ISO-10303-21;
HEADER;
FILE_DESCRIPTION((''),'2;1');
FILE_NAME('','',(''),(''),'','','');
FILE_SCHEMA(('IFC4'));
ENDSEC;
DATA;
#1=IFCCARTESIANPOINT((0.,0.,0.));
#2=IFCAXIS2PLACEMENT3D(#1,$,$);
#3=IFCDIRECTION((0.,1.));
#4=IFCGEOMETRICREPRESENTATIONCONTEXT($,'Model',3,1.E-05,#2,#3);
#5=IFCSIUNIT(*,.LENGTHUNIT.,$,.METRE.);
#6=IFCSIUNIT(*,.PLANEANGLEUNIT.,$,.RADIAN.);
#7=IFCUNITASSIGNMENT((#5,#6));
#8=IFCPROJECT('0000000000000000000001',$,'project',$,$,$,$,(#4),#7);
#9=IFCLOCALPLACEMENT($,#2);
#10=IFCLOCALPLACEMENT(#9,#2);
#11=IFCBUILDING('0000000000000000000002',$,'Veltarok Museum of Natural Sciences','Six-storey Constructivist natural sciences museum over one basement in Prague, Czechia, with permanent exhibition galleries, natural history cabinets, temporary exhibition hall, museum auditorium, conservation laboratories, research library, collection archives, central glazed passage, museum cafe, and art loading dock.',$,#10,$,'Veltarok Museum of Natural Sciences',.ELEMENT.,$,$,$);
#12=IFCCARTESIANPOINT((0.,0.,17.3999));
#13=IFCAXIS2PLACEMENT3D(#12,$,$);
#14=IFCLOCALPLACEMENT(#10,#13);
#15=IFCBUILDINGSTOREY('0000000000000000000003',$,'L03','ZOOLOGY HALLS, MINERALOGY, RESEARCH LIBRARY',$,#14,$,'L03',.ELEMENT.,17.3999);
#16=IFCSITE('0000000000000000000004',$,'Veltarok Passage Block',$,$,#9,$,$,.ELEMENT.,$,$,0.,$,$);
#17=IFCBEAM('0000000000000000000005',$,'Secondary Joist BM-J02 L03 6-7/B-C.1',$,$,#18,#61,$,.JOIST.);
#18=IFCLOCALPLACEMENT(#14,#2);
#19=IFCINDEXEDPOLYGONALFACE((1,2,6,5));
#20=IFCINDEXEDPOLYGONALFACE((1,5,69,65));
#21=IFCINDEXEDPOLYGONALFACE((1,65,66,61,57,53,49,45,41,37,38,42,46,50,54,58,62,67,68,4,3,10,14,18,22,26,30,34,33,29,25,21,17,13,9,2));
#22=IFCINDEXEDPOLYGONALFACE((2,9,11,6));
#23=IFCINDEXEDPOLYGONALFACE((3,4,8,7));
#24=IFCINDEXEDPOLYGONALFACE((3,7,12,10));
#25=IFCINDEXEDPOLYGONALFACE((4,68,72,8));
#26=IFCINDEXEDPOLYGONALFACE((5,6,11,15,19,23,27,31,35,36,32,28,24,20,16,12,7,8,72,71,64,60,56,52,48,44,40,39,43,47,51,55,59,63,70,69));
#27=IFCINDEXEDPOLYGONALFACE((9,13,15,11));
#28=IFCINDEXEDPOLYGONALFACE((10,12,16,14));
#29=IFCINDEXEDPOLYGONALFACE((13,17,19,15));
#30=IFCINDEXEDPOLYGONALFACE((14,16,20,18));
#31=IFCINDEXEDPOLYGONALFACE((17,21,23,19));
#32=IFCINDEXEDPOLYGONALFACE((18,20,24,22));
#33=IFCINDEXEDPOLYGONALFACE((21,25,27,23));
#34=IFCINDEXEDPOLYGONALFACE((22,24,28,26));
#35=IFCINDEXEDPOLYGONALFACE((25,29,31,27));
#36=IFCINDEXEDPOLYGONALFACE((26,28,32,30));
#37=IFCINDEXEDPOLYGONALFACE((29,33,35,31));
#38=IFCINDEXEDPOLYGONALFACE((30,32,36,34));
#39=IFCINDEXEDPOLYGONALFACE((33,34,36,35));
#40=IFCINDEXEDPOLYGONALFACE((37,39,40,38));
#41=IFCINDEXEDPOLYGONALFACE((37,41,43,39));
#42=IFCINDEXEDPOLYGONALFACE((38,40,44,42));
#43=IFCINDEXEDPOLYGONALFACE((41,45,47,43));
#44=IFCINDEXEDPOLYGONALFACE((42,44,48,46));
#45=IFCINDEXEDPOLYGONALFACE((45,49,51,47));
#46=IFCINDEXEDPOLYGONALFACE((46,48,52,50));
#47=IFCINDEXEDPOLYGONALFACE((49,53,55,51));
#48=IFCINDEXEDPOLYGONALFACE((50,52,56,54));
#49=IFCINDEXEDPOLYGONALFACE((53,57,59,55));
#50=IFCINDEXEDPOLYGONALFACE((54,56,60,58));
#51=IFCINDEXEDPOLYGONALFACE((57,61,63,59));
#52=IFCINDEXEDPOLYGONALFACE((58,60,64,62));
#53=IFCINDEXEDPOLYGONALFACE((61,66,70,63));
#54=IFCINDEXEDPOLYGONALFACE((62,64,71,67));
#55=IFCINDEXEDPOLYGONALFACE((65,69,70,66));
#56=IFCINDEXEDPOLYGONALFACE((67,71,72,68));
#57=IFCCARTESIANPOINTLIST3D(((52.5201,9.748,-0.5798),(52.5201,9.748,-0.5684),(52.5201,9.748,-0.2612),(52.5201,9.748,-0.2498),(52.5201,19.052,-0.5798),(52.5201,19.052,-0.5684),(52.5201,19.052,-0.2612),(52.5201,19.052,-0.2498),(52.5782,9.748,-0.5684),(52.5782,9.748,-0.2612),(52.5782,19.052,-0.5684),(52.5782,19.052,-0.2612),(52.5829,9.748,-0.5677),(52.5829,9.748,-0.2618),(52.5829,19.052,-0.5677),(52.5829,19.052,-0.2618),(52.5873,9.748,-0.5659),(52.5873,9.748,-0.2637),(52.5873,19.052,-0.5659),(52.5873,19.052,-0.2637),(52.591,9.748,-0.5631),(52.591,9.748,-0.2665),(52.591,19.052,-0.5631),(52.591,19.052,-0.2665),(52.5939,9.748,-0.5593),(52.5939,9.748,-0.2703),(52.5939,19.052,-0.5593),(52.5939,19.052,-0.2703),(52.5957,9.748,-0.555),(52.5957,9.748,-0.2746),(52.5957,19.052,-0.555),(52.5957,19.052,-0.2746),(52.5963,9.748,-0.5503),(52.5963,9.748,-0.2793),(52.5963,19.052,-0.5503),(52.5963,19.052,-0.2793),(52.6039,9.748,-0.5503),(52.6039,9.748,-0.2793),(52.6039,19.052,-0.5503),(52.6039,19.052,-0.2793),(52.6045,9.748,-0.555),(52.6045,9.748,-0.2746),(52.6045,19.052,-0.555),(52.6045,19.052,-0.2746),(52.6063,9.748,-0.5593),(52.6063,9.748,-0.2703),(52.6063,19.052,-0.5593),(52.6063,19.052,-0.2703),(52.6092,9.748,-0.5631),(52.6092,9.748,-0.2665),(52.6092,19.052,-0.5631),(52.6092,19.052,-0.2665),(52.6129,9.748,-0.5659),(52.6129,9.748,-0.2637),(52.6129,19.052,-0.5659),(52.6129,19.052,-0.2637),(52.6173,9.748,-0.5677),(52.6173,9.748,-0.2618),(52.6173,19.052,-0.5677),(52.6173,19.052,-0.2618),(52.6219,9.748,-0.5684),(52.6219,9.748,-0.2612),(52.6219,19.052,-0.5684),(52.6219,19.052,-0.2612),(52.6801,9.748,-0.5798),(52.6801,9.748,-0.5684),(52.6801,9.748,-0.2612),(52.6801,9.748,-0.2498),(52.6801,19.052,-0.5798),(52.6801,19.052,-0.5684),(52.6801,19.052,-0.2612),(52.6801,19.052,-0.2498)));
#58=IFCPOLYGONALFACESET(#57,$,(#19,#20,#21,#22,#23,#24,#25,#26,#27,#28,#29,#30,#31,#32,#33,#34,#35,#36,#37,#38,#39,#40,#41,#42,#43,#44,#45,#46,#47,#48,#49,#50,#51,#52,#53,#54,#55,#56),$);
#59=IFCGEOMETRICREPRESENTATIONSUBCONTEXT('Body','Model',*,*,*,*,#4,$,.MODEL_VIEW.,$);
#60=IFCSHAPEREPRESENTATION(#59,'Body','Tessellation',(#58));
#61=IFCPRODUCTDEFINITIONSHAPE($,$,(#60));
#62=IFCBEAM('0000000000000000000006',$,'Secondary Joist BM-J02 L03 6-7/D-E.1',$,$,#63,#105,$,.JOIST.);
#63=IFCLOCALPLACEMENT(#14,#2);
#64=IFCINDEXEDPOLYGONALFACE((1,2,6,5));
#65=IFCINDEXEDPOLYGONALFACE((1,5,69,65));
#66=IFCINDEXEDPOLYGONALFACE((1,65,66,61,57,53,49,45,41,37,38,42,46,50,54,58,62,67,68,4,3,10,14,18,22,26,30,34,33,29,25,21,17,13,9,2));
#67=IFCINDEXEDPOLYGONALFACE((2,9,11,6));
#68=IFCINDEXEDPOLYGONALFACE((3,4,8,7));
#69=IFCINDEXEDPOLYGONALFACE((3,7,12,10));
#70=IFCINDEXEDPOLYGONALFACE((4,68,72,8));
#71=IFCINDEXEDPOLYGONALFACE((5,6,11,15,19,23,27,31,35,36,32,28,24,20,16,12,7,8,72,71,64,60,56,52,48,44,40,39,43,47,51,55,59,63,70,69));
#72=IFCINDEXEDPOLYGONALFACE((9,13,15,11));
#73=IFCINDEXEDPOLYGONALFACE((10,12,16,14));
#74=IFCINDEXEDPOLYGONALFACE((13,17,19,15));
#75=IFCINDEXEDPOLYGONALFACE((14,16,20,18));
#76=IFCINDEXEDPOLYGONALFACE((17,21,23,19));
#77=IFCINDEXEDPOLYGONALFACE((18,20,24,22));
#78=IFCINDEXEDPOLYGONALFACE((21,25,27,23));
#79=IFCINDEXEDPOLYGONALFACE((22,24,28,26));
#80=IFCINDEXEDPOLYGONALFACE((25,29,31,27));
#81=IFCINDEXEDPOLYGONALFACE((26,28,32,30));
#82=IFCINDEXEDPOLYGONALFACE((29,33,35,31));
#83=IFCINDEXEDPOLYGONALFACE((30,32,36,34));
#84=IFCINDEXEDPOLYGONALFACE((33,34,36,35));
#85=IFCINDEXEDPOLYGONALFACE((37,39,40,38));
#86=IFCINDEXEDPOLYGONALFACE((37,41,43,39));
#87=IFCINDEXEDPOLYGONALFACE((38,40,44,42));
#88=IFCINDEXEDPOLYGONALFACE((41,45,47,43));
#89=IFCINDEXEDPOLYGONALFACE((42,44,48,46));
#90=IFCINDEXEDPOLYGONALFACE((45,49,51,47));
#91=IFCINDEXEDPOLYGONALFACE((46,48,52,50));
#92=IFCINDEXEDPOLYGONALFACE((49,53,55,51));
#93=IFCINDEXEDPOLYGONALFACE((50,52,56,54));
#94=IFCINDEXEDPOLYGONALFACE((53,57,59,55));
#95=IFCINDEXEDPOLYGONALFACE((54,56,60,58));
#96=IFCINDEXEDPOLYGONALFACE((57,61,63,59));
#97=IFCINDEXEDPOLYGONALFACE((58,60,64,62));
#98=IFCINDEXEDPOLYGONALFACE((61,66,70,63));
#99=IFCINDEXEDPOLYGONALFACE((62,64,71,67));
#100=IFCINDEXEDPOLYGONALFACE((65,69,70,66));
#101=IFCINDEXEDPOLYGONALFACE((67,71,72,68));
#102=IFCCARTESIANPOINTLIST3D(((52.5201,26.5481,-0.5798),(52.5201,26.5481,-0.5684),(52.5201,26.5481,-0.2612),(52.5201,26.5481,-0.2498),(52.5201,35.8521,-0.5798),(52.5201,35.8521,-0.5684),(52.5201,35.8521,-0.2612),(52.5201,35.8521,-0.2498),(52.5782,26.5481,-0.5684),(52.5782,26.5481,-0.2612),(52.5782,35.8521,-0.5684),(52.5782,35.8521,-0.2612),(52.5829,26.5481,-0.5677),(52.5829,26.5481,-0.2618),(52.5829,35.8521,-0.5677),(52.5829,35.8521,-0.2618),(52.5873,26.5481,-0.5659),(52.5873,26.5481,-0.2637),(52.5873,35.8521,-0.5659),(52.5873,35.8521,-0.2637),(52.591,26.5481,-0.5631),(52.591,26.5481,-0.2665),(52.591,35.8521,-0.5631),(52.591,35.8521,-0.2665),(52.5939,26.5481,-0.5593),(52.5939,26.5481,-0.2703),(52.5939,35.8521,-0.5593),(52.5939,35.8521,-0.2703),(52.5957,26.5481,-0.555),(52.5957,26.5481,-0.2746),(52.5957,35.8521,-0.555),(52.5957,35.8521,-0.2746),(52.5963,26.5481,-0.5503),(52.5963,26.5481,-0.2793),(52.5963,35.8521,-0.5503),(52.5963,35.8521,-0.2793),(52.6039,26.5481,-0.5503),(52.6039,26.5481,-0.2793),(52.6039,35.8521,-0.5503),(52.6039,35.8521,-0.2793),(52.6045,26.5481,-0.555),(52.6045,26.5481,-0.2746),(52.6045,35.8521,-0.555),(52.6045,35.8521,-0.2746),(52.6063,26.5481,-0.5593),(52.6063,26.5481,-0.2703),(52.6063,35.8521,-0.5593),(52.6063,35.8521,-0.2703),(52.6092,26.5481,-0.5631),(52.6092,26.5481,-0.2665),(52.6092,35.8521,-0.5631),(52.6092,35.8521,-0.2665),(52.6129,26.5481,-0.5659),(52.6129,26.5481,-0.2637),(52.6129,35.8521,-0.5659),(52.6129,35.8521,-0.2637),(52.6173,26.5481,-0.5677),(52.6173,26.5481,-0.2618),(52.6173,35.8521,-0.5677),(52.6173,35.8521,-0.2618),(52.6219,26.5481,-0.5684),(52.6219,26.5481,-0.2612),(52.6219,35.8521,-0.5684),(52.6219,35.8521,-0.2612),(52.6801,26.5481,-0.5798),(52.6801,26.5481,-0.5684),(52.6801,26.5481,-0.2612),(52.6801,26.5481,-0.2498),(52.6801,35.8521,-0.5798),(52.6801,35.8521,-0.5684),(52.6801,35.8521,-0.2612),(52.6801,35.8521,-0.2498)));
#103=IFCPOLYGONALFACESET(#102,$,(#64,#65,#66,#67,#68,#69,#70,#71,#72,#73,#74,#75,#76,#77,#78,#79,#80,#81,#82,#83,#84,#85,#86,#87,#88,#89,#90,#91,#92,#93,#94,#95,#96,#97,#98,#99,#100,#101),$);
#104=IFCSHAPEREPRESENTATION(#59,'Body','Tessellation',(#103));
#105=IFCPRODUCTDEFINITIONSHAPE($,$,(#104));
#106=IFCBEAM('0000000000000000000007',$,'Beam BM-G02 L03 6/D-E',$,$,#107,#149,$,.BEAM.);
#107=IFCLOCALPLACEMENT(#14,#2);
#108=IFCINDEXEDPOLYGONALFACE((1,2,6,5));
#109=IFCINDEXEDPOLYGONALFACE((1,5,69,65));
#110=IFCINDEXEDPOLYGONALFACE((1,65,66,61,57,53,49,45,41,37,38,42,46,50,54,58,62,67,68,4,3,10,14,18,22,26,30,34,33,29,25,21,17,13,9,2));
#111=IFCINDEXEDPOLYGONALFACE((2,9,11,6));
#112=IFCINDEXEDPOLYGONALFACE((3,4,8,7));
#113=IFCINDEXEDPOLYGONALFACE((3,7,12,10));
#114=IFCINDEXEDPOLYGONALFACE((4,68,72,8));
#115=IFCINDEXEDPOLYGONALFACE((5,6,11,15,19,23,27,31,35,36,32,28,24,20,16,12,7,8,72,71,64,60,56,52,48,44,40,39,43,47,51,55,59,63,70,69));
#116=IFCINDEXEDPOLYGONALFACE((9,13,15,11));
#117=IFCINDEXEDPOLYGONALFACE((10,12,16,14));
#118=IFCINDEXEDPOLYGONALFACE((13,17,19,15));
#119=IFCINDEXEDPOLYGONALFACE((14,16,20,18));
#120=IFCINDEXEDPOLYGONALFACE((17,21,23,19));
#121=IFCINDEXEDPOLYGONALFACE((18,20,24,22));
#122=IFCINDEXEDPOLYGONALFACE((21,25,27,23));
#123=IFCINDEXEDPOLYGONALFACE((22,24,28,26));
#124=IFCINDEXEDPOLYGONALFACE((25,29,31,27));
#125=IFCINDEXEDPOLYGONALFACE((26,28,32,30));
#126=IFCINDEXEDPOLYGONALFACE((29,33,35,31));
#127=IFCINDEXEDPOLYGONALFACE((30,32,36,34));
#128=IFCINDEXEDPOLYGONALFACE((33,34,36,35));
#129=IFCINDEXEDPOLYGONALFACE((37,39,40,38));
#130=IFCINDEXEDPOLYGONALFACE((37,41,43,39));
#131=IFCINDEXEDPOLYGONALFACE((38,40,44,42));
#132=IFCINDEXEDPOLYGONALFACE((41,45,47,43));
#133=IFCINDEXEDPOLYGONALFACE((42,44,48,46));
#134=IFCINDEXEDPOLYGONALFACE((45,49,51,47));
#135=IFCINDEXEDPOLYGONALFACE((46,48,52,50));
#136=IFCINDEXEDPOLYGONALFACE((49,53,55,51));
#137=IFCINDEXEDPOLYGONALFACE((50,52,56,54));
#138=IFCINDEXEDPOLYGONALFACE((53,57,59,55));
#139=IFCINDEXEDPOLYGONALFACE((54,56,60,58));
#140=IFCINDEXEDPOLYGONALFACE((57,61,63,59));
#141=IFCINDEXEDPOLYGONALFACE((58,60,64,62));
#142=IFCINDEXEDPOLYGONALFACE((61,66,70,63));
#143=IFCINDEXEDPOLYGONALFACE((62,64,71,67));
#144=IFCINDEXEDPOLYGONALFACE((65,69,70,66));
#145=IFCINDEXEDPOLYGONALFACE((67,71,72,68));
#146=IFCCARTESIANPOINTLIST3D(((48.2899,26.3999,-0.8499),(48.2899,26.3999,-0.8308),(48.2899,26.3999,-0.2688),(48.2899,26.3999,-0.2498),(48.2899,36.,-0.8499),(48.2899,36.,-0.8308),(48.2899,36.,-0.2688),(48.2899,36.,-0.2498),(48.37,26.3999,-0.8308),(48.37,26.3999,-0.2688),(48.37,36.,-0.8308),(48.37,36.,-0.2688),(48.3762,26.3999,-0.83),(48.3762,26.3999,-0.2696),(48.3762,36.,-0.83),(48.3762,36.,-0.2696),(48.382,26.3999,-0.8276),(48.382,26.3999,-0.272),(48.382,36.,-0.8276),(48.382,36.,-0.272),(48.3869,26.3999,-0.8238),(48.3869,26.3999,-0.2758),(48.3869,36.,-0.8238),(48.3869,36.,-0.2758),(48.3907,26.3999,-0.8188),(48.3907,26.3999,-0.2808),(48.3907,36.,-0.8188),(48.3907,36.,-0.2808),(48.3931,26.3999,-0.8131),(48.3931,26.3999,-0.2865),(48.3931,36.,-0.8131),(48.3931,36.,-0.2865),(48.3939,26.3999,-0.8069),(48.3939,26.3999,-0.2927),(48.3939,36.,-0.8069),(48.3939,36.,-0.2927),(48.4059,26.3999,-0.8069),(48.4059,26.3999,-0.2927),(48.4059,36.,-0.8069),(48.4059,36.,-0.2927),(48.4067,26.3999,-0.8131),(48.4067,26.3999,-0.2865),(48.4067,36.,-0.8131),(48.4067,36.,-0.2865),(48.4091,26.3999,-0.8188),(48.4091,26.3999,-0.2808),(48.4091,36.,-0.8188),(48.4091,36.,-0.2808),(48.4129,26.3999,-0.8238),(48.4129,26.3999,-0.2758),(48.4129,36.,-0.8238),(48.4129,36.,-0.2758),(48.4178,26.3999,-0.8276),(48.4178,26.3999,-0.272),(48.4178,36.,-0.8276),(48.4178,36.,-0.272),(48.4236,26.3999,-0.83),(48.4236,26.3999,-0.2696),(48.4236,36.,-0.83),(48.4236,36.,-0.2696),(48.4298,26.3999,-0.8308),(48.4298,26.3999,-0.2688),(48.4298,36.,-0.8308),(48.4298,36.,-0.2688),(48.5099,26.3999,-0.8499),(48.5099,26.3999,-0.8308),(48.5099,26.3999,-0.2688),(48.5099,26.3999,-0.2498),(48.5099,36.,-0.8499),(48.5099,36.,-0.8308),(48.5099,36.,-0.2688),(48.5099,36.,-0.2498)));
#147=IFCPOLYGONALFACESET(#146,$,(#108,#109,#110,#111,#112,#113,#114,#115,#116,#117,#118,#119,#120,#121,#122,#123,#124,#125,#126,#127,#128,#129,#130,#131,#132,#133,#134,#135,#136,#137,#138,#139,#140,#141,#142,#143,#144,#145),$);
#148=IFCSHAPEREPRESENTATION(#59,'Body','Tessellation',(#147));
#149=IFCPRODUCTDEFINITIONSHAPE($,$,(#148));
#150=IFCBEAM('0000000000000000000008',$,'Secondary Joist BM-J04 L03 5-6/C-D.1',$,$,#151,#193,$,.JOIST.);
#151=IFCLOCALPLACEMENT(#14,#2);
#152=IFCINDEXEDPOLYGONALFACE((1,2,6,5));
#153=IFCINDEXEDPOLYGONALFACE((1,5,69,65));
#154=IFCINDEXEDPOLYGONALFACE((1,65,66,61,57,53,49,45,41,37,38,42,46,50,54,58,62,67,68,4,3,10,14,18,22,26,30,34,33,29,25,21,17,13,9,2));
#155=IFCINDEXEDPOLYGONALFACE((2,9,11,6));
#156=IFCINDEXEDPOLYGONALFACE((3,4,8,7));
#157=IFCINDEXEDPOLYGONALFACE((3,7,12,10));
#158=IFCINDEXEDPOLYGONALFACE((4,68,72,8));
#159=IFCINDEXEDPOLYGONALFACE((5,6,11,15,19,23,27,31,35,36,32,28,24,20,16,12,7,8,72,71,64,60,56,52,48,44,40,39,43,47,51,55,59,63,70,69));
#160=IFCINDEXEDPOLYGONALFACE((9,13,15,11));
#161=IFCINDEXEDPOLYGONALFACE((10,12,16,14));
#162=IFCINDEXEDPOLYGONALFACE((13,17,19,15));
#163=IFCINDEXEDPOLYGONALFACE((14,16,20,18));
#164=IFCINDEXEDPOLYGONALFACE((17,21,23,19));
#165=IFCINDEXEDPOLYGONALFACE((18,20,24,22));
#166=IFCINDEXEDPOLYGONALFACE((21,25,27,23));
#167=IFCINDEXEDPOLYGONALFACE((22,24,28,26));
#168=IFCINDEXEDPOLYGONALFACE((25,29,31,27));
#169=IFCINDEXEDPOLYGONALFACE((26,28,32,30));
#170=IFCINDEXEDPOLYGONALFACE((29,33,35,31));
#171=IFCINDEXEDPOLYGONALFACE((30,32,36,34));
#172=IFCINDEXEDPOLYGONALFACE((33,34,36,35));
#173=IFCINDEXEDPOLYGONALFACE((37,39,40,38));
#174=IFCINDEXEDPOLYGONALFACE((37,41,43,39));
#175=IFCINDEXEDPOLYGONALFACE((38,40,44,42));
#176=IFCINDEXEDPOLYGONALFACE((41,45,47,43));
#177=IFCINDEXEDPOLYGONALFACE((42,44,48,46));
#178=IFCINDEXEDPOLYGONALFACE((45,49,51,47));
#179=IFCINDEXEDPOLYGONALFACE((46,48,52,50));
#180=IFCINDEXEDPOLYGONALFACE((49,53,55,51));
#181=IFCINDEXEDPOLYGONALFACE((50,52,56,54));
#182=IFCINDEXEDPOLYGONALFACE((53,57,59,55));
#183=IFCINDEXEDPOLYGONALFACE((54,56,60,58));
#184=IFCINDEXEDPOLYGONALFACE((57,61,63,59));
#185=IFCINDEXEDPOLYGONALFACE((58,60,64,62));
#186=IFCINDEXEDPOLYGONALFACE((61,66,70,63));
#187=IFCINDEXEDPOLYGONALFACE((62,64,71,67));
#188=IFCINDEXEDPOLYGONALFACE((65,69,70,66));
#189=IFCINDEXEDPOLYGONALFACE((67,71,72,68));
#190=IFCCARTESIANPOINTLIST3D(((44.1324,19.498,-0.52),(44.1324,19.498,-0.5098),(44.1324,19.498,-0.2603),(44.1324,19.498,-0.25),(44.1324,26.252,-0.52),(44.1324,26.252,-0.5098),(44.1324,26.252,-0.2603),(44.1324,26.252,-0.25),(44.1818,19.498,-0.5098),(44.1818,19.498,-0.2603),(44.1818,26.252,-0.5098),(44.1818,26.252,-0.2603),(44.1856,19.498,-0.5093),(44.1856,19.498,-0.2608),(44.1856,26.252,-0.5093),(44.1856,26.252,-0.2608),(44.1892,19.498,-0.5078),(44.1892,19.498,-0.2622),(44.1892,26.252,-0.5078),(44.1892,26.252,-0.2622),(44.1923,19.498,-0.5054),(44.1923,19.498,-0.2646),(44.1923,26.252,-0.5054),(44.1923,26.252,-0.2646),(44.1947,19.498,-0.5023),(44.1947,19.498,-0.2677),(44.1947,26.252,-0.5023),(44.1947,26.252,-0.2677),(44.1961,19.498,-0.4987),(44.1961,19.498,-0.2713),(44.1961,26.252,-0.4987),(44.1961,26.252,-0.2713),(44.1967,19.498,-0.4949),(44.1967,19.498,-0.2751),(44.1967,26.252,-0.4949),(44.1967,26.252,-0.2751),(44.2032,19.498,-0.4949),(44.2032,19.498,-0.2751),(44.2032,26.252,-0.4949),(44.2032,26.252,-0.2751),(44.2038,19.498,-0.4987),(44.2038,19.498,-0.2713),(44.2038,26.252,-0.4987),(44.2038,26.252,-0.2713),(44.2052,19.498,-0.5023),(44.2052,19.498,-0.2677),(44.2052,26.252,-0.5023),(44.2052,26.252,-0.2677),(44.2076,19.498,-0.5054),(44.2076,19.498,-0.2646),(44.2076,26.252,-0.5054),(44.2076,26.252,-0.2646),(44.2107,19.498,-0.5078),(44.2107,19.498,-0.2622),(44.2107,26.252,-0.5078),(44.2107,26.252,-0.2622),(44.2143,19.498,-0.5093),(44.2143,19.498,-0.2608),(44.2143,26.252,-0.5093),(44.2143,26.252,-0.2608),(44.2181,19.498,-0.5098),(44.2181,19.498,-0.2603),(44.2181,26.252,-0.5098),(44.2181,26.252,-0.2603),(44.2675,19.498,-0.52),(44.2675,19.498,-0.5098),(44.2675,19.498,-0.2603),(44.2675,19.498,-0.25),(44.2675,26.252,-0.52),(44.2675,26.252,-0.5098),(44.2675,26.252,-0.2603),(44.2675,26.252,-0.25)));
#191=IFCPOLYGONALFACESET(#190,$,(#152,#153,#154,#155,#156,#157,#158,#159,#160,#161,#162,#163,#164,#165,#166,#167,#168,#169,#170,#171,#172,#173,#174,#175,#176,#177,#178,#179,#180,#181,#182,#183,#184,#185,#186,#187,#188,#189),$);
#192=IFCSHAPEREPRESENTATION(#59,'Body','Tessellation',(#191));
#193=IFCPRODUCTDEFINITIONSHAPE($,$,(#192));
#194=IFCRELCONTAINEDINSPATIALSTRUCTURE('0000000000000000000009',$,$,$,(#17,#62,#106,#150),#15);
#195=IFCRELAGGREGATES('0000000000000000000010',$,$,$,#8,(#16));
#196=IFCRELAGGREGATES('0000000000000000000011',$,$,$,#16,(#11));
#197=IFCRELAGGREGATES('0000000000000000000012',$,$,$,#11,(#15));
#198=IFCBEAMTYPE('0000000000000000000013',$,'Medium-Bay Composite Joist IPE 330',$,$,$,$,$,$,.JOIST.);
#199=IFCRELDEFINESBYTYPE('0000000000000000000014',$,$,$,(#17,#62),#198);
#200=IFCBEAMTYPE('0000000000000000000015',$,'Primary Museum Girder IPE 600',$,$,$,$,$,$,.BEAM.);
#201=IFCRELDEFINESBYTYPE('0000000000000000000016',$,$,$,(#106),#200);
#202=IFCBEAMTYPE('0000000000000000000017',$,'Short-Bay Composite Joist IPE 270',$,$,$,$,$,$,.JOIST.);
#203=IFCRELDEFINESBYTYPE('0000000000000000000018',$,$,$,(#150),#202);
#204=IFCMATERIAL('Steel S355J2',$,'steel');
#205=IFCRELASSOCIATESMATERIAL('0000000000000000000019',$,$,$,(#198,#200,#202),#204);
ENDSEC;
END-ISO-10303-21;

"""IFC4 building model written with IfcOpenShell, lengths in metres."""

from ifc_helpers import new_model, si_unit, direction, frame, origin, origin_2d, place, context, subcontext, project, spatial, i_section, extrude, material, material_profile, profile_set, type_object, element, save


model = new_model("IFC4")

# Units and contexts
model_context = context("Model", 3, precision=1e-05, world=origin(), true_north=direction((0.0, 1.0)))
body_context = subcontext(model_context, "Body", "Model", "MODEL_VIEW")
ifc_project = project(units=[si_unit("LENGTHUNIT", "METRE"), si_unit("PLANEANGLEUNIT", "RADIAN")], contexts=[model_context])

# Site, building, storey
site_placement = place(None, origin())
site = spatial("IfcSite", under=ifc_project, at=site_placement, Name="Veltarok Passage Block", CompositionType="ELEMENT", RefElevation=0.0)
building_placement = place(site_placement, origin())
building = spatial("IfcBuilding", under=site, at=building_placement, Name="Veltarok Museum of Natural Sciences", Description="Six-storey Constructivist natural sciences museum over one basement in Prague, Czechia, with permanent exhibition galleries, natural history cabinets, temporary exhibition hall, museum auditorium, conservation laboratories, research library, collection archives, central glazed passage, museum cafe, and art loading dock.", LongName="Veltarok Museum of Natural Sciences", CompositionType="ELEMENT")
storey_placement = place(building_placement, frame((0.0, 0.0, 17.3999)))
storey = spatial("IfcBuildingStorey", under=building, at=storey_placement, Name="L03", Description="ZOOLOGY HALLS, MINERALOGY, RESEARCH LIBRARY", LongName="L03", CompositionType="ELEMENT", Elevation=17.3999)

# Shared definitions
ifc_material_1 = material(Name="Steel S355J2", Category="steel")

# Beams
ifc_material_profile_1 = material_profile(ifc_material_1, i_section(OverallWidth=0.1599, OverallDepth=0.3301, WebThickness=0.0076, FlangeThickness=0.0115, FilletRadius=0.0181, at=origin_2d()), Name="IPE 330")
ifc_profile_set_1 = profile_set([ifc_material_profile_1], Name="Steel S355J2")
beam_type_1 = type_object("IfcBeamType", Name="Medium-Bay Composite Joist IPE 330", PredefinedType="JOIST", material=ifc_profile_set_1)
for number, where, z_axis, x_axis, name in (
    (1, (52.6001, 9.748, -0.4148), (0.0, 1.0, 0.0), (-1.0, 0.0, 0.0), "Secondary Joist BM-J02 L03 6-7/B-C.1"),
    (2, (52.6001, 26.5481, -0.4148), (0.0, 1.0, 0.0), (-1.0, 0.0, 0.0), "Secondary Joist BM-J02 L03 6-7/D-E.1"),
):
    element("IfcBeam", number, at=place(storey_placement, frame(where, z_axis=z_axis, x_axis=x_axis)), inside=storey, type_object=beam_type_1, Name=name, PredefinedType="JOIST", context=body_context, shape_type="SweptSolid", body=[
        extrude(i_section(OverallWidth=0.1599, OverallDepth=0.3301, WebThickness=0.0076, FlangeThickness=0.0115, FilletRadius=0.0181, at=origin_2d()), origin(), (0.0, 0.0, 1.0), 9.304),
    ])
ifc_material_profile_2 = material_profile(ifc_material_1, i_section(OverallWidth=0.22, OverallDepth=0.6001, WebThickness=0.012, FlangeThickness=0.019, FilletRadius=0.0239, at=origin_2d()), Name="IPE 600")
ifc_profile_set_2 = profile_set([ifc_material_profile_2], Name="Steel S355J2")
beam_type_2 = type_object("IfcBeamType", Name="Primary Museum Girder IPE 600", PredefinedType="BEAM", material=ifc_profile_set_2)
beam_1_placement = place(storey_placement, frame((48.3999, 26.3999, -0.5498), z_axis=(0.0, 1.0, 0.0), x_axis=(-1.0, 0.0, 0.0)))
element("IfcBeam", 3, at=beam_1_placement, inside=storey, type_object=beam_type_2, Name="Beam BM-G02 L03 6/D-E", PredefinedType="BEAM", context=body_context, shape_type="SweptSolid", body=[
    extrude(i_section(OverallWidth=0.22, OverallDepth=0.6001, WebThickness=0.012, FlangeThickness=0.019, FilletRadius=0.0239, at=origin_2d()), origin(), (0.0, 0.0, 1.0), 9.6001),
])
ifc_material_profile_3 = material_profile(ifc_material_1, i_section(OverallWidth=0.135, OverallDepth=0.27, WebThickness=0.0066, FlangeThickness=0.0103, FilletRadius=0.0149, at=origin_2d()), Name="IPE 270")
ifc_profile_set_3 = profile_set([ifc_material_profile_3], Name="Steel S355J2")
beam_type_3 = type_object("IfcBeamType", Name="Short-Bay Composite Joist IPE 270", PredefinedType="JOIST", material=ifc_profile_set_3)
beam_2_placement = place(storey_placement, frame((44.2, 19.498, -0.385), z_axis=(0.0, 1.0, 0.0), x_axis=(-1.0, 0.0, 0.0)))
element("IfcBeam", 4, at=beam_2_placement, inside=storey, type_object=beam_type_3, Name="Secondary Joist BM-J04 L03 5-6/C-D.1", PredefinedType="JOIST", context=body_context, shape_type="SweptSolid", body=[
    extrude(i_section(OverallWidth=0.135, OverallDepth=0.27, WebThickness=0.0066, FlangeThickness=0.0103, FilletRadius=0.0149, at=origin_2d()), origin(), (0.0, 0.0, 1.0), 6.7539),
])

save(model, "model.ifc")
